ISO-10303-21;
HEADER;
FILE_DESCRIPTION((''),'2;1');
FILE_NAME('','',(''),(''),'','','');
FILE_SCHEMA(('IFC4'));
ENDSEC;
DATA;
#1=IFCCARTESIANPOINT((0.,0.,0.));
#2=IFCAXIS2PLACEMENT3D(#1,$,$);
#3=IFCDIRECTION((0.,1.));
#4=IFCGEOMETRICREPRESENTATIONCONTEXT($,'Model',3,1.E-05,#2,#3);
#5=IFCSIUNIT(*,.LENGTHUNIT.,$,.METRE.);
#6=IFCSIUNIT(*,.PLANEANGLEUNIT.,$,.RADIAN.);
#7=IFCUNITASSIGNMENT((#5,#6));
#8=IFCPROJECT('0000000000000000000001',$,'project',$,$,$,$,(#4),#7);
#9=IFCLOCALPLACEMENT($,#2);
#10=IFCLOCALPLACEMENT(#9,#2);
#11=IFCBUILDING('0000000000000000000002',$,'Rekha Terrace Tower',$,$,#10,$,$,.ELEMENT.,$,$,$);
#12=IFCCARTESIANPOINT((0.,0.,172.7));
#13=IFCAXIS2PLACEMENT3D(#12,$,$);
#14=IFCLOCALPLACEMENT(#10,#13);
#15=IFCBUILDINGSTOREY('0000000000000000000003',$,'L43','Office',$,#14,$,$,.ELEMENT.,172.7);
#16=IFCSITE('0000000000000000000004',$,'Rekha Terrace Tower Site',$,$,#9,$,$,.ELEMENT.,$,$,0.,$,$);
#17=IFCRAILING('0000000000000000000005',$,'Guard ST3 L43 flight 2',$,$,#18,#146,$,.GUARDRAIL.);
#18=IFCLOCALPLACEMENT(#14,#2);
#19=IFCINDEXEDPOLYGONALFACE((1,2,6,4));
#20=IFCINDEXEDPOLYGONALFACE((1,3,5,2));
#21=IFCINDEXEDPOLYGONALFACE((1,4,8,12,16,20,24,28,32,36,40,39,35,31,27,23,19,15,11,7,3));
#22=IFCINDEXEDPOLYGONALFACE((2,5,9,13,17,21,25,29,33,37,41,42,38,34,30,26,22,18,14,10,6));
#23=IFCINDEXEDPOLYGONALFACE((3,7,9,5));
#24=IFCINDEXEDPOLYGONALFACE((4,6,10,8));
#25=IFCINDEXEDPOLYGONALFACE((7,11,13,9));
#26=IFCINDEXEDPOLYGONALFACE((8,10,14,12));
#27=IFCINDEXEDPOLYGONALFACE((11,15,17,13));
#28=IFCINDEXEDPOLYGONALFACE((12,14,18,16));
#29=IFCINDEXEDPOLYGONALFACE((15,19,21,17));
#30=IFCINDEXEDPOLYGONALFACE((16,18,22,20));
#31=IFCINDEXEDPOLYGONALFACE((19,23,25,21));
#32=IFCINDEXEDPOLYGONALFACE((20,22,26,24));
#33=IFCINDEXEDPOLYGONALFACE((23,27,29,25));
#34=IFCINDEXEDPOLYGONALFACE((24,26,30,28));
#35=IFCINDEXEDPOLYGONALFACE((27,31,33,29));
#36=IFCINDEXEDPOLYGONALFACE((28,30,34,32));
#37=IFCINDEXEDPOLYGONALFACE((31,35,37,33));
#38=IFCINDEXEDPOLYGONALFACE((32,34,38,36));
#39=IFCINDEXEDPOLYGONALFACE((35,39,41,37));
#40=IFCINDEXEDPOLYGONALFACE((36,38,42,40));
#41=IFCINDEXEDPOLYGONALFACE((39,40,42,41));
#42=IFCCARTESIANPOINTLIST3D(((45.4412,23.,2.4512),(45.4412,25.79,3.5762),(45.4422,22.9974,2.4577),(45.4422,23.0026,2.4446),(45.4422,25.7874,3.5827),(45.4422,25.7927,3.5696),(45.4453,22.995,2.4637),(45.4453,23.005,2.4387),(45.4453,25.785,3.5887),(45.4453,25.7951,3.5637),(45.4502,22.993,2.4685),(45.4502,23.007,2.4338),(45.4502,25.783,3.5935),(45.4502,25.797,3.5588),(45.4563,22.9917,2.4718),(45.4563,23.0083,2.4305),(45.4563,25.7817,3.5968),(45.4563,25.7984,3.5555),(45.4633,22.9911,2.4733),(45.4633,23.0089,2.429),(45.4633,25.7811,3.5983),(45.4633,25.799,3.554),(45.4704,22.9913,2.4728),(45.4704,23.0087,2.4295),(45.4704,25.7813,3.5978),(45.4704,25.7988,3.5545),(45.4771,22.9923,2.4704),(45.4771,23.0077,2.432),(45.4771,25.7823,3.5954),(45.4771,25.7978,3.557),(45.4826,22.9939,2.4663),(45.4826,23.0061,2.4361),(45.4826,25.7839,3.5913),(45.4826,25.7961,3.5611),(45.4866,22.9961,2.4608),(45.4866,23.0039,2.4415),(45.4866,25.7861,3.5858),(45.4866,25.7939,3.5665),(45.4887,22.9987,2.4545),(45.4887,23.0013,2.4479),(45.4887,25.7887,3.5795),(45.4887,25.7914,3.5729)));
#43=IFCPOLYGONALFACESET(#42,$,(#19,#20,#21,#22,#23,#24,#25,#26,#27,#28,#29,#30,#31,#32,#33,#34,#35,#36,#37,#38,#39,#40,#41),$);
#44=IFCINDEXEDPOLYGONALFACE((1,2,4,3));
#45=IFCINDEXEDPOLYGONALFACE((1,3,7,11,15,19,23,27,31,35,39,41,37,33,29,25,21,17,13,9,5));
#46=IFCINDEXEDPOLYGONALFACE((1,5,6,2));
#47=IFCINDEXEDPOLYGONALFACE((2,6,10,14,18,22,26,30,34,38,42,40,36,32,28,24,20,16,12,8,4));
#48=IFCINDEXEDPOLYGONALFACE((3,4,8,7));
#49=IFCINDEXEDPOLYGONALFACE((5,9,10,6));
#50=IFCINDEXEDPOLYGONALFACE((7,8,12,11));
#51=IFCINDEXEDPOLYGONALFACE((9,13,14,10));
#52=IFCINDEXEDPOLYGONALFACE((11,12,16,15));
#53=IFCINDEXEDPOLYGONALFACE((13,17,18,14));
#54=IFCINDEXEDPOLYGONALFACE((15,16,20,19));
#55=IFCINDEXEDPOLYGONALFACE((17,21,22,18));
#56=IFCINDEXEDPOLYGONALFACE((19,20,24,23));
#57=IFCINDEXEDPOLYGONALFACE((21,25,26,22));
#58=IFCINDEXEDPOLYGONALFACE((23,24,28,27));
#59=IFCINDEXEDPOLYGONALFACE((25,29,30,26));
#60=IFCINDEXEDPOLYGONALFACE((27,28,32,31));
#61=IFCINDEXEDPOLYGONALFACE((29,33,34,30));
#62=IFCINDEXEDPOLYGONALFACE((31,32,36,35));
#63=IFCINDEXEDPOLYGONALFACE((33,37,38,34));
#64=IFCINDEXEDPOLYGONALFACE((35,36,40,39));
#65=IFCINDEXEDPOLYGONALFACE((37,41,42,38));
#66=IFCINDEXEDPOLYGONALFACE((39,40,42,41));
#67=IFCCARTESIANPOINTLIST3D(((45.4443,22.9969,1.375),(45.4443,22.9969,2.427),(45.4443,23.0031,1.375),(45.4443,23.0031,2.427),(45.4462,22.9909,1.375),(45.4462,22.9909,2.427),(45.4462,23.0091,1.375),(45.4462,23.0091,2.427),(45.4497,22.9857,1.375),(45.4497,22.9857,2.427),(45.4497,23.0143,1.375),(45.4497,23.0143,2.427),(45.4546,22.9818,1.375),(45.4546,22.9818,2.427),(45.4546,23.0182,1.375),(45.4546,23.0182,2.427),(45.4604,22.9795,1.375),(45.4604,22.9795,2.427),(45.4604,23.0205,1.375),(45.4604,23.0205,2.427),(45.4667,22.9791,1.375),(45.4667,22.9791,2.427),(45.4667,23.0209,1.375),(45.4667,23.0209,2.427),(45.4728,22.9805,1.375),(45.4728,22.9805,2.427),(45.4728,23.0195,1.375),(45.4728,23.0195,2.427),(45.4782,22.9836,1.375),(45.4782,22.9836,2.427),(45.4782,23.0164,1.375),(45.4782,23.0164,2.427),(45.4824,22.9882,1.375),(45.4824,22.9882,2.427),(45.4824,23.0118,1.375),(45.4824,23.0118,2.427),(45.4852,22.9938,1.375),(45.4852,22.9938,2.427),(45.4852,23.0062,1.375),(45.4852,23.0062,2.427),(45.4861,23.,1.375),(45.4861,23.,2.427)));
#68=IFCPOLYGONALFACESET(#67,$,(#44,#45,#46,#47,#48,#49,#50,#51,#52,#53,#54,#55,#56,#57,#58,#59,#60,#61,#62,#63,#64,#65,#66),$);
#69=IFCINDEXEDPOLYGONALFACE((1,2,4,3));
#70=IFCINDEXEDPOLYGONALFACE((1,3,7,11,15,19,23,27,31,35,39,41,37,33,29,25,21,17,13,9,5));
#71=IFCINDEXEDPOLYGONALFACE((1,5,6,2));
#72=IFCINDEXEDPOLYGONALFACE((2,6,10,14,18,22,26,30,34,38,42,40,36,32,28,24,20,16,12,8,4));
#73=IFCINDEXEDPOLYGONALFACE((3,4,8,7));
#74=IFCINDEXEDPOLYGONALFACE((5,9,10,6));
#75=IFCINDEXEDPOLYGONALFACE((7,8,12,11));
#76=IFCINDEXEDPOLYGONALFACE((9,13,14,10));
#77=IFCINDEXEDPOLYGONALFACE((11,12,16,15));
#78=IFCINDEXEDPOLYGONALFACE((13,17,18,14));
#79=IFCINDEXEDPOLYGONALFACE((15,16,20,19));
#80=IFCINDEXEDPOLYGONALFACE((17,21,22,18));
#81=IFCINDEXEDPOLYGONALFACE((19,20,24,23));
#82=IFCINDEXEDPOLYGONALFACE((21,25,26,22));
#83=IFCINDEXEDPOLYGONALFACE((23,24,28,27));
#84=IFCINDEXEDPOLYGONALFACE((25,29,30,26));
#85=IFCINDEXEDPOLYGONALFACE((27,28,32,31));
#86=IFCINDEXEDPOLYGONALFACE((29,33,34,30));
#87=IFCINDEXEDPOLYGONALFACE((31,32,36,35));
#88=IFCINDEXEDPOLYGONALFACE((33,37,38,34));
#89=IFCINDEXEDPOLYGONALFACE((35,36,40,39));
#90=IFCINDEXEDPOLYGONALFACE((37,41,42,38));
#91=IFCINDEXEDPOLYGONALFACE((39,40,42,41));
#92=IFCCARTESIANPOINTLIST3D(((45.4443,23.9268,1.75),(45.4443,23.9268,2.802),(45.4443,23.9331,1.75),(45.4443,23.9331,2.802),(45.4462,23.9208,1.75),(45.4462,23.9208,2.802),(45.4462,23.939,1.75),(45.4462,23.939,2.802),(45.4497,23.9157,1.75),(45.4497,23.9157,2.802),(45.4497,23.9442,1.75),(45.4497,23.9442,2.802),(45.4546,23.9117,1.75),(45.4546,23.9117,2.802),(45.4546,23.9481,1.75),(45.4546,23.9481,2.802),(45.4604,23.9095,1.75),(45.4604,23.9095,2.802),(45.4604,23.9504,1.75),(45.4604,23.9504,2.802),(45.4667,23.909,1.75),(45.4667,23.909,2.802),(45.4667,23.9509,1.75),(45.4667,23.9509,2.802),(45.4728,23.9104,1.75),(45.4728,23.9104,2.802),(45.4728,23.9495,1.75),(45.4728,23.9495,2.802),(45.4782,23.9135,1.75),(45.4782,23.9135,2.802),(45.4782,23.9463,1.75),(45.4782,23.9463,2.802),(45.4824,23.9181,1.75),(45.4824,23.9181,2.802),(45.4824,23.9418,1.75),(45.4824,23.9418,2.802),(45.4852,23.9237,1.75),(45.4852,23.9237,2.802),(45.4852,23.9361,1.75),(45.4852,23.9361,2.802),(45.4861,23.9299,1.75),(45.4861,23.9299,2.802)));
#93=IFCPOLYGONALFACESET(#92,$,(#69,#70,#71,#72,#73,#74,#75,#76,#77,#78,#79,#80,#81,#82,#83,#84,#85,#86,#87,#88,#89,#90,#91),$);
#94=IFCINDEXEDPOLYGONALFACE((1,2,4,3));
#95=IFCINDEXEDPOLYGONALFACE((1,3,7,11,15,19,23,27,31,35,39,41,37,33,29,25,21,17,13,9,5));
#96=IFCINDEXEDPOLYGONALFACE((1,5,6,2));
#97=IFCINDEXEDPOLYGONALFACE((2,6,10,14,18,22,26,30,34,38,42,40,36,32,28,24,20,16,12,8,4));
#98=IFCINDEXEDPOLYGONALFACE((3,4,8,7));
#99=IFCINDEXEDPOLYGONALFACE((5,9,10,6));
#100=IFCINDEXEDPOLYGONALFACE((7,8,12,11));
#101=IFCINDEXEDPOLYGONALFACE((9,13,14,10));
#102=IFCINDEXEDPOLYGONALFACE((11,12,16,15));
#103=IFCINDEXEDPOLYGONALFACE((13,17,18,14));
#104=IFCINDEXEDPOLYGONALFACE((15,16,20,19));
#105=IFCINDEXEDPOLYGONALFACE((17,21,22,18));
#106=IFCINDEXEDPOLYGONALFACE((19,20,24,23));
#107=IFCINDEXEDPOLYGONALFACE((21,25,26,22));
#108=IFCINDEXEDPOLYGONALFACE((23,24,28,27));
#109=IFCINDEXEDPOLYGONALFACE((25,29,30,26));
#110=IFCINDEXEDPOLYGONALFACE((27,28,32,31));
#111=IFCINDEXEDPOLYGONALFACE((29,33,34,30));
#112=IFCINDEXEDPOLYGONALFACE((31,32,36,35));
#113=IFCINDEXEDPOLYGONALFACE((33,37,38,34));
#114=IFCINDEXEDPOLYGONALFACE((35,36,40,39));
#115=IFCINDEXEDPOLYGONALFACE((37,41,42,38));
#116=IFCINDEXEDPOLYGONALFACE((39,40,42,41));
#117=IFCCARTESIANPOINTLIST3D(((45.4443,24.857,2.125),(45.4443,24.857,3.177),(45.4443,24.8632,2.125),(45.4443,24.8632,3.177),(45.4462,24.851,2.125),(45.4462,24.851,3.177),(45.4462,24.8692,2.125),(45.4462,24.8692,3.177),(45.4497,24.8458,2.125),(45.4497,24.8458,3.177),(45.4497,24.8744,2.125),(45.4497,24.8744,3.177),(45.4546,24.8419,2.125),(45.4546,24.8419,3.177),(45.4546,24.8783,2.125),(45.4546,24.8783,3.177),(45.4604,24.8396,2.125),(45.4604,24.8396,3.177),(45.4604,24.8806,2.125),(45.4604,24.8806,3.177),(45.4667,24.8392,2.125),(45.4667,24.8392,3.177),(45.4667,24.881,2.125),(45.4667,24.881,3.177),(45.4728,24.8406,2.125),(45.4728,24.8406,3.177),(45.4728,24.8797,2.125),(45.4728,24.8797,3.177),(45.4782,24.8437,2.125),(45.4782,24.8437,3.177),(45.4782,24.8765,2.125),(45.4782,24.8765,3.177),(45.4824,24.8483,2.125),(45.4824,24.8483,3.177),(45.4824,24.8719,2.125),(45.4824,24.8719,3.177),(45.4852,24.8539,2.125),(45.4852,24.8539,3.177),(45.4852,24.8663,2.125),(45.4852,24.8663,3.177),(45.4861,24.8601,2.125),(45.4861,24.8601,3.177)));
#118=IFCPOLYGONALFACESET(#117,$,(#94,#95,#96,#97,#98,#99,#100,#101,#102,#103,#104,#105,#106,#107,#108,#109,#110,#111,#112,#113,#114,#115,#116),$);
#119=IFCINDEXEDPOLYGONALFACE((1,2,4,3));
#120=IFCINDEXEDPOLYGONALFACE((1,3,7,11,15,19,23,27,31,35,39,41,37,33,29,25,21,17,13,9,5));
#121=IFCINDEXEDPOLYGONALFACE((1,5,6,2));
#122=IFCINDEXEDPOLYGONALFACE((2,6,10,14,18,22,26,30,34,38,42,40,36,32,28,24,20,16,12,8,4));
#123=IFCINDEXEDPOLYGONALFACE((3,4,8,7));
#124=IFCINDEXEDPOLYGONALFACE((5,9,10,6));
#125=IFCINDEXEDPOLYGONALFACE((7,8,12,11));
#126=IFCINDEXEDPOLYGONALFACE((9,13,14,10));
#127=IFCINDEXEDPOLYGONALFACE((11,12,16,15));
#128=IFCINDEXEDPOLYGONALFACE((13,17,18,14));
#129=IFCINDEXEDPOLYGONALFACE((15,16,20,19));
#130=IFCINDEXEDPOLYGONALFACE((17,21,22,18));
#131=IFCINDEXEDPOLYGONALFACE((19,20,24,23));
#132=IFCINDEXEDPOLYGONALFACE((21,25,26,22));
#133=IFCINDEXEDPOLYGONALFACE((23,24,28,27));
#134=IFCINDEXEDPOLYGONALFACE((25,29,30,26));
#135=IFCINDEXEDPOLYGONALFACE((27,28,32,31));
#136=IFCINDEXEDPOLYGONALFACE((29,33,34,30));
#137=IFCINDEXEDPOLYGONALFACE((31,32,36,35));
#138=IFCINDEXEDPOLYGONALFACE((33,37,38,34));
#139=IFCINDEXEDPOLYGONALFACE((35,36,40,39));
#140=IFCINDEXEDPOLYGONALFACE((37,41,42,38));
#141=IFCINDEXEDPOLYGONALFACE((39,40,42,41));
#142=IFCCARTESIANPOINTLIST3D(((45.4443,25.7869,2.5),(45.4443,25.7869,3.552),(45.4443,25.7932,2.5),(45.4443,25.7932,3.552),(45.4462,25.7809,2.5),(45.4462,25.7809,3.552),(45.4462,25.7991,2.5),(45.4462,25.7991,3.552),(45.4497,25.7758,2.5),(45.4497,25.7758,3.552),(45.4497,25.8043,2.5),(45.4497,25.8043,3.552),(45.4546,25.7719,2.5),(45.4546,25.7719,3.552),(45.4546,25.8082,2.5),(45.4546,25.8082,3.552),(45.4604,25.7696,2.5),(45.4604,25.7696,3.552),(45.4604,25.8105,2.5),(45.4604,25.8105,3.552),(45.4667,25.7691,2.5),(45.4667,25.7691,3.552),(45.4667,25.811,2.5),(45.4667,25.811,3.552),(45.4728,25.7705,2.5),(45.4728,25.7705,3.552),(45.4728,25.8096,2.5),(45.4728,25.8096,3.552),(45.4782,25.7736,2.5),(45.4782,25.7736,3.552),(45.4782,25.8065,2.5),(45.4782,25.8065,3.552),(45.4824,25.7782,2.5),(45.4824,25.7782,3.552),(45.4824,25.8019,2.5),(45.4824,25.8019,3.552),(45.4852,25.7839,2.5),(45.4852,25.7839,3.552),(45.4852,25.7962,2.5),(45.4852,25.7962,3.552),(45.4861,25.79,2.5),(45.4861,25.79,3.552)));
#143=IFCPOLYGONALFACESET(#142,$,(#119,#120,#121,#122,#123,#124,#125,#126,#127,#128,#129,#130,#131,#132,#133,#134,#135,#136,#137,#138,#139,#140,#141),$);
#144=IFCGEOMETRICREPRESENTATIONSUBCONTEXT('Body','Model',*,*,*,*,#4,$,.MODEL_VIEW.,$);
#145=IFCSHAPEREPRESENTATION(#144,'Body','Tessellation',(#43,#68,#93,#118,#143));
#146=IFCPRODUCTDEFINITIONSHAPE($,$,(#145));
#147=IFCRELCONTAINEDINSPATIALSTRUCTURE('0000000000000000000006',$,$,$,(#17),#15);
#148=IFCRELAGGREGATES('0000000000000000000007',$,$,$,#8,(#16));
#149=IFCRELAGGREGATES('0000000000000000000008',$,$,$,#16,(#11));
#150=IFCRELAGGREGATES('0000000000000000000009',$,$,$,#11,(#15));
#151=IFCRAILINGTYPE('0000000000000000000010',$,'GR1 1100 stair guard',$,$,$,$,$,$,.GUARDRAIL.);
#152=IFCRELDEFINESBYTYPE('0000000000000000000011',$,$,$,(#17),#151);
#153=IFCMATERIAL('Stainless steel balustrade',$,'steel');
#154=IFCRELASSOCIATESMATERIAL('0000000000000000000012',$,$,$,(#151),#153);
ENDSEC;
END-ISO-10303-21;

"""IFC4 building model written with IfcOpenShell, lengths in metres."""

from ifc_helpers import new_model, si_unit, direction, frame, origin, origin_2d, place, context, subcontext, project, spatial, circle, extrude, material, type_object, element, save


model = new_model("IFC4")

# Units and contexts
model_context = context("Model", 3, precision=1e-05, world=origin(), true_north=direction((0.0, 1.0)))
body_context = subcontext(model_context, "Body", "Model", "MODEL_VIEW")
ifc_project = project(units=[si_unit("LENGTHUNIT", "METRE"), si_unit("PLANEANGLEUNIT", "RADIAN")], contexts=[model_context])

# Site, building, storey
site_placement = place(None, origin())
site = spatial("IfcSite", under=ifc_project, at=site_placement, Name="Rekha Terrace Tower Site", CompositionType="ELEMENT", RefElevation=0.0)
building_placement = place(site_placement, origin())
building = spatial("IfcBuilding", under=site, at=building_placement, Name="Rekha Terrace Tower", CompositionType="ELEMENT")
storey_placement = place(building_placement, frame((0.0, 0.0, 172.7)))
storey = spatial("IfcBuildingStorey", under=building, at=storey_placement, Name="L43", Description="Office", CompositionType="ELEMENT", Elevation=172.7)

# Railing
ifc_material_1 = material(Name="Stainless steel balustrade", Category="steel")
railing_type_1 = type_object("IfcRailingType", Name="GR1 1100 stair guard", PredefinedType="GUARDRAIL", material=ifc_material_1)
railing_1_placement = place(storey_placement, frame((45.4651, 23.0, 1.375)))
element("IfcRailing", 1, at=railing_1_placement, inside=storey, type_object=railing_type_1, Name="Guard ST3 L43 flight 2", PredefinedType="GUARDRAIL", context=body_context, shape_type="SweptSolid", body=[
    extrude(circle(Radius=0.0239, at=origin_2d()), frame((0.0, 0.0, 1.0762), z_axis=(0.0, 0.927443, 0.373964), x_axis=(-1.0, 0.0, 0.0)), (0.0, 0.0, 1.0), 3.0083),
    extrude(circle(Radius=0.021, at=origin_2d()), origin(), (0.0, 0.0, 1.0), 1.052),
    extrude(circle(Radius=0.021, at=origin_2d()), frame((0.0, 0.9299, 0.375)), (0.0, 0.0, 1.0), 1.052),
    extrude(circle(Radius=0.021, at=origin_2d()), frame((0.0, 1.8601, 0.75)), (0.0, 0.0, 1.0), 1.052),
    extrude(circle(Radius=0.021, at=origin_2d()), frame((0.0, 2.79, 1.125)), (0.0, 0.0, 1.0), 1.052),
])

save(model, "model.ifc")
